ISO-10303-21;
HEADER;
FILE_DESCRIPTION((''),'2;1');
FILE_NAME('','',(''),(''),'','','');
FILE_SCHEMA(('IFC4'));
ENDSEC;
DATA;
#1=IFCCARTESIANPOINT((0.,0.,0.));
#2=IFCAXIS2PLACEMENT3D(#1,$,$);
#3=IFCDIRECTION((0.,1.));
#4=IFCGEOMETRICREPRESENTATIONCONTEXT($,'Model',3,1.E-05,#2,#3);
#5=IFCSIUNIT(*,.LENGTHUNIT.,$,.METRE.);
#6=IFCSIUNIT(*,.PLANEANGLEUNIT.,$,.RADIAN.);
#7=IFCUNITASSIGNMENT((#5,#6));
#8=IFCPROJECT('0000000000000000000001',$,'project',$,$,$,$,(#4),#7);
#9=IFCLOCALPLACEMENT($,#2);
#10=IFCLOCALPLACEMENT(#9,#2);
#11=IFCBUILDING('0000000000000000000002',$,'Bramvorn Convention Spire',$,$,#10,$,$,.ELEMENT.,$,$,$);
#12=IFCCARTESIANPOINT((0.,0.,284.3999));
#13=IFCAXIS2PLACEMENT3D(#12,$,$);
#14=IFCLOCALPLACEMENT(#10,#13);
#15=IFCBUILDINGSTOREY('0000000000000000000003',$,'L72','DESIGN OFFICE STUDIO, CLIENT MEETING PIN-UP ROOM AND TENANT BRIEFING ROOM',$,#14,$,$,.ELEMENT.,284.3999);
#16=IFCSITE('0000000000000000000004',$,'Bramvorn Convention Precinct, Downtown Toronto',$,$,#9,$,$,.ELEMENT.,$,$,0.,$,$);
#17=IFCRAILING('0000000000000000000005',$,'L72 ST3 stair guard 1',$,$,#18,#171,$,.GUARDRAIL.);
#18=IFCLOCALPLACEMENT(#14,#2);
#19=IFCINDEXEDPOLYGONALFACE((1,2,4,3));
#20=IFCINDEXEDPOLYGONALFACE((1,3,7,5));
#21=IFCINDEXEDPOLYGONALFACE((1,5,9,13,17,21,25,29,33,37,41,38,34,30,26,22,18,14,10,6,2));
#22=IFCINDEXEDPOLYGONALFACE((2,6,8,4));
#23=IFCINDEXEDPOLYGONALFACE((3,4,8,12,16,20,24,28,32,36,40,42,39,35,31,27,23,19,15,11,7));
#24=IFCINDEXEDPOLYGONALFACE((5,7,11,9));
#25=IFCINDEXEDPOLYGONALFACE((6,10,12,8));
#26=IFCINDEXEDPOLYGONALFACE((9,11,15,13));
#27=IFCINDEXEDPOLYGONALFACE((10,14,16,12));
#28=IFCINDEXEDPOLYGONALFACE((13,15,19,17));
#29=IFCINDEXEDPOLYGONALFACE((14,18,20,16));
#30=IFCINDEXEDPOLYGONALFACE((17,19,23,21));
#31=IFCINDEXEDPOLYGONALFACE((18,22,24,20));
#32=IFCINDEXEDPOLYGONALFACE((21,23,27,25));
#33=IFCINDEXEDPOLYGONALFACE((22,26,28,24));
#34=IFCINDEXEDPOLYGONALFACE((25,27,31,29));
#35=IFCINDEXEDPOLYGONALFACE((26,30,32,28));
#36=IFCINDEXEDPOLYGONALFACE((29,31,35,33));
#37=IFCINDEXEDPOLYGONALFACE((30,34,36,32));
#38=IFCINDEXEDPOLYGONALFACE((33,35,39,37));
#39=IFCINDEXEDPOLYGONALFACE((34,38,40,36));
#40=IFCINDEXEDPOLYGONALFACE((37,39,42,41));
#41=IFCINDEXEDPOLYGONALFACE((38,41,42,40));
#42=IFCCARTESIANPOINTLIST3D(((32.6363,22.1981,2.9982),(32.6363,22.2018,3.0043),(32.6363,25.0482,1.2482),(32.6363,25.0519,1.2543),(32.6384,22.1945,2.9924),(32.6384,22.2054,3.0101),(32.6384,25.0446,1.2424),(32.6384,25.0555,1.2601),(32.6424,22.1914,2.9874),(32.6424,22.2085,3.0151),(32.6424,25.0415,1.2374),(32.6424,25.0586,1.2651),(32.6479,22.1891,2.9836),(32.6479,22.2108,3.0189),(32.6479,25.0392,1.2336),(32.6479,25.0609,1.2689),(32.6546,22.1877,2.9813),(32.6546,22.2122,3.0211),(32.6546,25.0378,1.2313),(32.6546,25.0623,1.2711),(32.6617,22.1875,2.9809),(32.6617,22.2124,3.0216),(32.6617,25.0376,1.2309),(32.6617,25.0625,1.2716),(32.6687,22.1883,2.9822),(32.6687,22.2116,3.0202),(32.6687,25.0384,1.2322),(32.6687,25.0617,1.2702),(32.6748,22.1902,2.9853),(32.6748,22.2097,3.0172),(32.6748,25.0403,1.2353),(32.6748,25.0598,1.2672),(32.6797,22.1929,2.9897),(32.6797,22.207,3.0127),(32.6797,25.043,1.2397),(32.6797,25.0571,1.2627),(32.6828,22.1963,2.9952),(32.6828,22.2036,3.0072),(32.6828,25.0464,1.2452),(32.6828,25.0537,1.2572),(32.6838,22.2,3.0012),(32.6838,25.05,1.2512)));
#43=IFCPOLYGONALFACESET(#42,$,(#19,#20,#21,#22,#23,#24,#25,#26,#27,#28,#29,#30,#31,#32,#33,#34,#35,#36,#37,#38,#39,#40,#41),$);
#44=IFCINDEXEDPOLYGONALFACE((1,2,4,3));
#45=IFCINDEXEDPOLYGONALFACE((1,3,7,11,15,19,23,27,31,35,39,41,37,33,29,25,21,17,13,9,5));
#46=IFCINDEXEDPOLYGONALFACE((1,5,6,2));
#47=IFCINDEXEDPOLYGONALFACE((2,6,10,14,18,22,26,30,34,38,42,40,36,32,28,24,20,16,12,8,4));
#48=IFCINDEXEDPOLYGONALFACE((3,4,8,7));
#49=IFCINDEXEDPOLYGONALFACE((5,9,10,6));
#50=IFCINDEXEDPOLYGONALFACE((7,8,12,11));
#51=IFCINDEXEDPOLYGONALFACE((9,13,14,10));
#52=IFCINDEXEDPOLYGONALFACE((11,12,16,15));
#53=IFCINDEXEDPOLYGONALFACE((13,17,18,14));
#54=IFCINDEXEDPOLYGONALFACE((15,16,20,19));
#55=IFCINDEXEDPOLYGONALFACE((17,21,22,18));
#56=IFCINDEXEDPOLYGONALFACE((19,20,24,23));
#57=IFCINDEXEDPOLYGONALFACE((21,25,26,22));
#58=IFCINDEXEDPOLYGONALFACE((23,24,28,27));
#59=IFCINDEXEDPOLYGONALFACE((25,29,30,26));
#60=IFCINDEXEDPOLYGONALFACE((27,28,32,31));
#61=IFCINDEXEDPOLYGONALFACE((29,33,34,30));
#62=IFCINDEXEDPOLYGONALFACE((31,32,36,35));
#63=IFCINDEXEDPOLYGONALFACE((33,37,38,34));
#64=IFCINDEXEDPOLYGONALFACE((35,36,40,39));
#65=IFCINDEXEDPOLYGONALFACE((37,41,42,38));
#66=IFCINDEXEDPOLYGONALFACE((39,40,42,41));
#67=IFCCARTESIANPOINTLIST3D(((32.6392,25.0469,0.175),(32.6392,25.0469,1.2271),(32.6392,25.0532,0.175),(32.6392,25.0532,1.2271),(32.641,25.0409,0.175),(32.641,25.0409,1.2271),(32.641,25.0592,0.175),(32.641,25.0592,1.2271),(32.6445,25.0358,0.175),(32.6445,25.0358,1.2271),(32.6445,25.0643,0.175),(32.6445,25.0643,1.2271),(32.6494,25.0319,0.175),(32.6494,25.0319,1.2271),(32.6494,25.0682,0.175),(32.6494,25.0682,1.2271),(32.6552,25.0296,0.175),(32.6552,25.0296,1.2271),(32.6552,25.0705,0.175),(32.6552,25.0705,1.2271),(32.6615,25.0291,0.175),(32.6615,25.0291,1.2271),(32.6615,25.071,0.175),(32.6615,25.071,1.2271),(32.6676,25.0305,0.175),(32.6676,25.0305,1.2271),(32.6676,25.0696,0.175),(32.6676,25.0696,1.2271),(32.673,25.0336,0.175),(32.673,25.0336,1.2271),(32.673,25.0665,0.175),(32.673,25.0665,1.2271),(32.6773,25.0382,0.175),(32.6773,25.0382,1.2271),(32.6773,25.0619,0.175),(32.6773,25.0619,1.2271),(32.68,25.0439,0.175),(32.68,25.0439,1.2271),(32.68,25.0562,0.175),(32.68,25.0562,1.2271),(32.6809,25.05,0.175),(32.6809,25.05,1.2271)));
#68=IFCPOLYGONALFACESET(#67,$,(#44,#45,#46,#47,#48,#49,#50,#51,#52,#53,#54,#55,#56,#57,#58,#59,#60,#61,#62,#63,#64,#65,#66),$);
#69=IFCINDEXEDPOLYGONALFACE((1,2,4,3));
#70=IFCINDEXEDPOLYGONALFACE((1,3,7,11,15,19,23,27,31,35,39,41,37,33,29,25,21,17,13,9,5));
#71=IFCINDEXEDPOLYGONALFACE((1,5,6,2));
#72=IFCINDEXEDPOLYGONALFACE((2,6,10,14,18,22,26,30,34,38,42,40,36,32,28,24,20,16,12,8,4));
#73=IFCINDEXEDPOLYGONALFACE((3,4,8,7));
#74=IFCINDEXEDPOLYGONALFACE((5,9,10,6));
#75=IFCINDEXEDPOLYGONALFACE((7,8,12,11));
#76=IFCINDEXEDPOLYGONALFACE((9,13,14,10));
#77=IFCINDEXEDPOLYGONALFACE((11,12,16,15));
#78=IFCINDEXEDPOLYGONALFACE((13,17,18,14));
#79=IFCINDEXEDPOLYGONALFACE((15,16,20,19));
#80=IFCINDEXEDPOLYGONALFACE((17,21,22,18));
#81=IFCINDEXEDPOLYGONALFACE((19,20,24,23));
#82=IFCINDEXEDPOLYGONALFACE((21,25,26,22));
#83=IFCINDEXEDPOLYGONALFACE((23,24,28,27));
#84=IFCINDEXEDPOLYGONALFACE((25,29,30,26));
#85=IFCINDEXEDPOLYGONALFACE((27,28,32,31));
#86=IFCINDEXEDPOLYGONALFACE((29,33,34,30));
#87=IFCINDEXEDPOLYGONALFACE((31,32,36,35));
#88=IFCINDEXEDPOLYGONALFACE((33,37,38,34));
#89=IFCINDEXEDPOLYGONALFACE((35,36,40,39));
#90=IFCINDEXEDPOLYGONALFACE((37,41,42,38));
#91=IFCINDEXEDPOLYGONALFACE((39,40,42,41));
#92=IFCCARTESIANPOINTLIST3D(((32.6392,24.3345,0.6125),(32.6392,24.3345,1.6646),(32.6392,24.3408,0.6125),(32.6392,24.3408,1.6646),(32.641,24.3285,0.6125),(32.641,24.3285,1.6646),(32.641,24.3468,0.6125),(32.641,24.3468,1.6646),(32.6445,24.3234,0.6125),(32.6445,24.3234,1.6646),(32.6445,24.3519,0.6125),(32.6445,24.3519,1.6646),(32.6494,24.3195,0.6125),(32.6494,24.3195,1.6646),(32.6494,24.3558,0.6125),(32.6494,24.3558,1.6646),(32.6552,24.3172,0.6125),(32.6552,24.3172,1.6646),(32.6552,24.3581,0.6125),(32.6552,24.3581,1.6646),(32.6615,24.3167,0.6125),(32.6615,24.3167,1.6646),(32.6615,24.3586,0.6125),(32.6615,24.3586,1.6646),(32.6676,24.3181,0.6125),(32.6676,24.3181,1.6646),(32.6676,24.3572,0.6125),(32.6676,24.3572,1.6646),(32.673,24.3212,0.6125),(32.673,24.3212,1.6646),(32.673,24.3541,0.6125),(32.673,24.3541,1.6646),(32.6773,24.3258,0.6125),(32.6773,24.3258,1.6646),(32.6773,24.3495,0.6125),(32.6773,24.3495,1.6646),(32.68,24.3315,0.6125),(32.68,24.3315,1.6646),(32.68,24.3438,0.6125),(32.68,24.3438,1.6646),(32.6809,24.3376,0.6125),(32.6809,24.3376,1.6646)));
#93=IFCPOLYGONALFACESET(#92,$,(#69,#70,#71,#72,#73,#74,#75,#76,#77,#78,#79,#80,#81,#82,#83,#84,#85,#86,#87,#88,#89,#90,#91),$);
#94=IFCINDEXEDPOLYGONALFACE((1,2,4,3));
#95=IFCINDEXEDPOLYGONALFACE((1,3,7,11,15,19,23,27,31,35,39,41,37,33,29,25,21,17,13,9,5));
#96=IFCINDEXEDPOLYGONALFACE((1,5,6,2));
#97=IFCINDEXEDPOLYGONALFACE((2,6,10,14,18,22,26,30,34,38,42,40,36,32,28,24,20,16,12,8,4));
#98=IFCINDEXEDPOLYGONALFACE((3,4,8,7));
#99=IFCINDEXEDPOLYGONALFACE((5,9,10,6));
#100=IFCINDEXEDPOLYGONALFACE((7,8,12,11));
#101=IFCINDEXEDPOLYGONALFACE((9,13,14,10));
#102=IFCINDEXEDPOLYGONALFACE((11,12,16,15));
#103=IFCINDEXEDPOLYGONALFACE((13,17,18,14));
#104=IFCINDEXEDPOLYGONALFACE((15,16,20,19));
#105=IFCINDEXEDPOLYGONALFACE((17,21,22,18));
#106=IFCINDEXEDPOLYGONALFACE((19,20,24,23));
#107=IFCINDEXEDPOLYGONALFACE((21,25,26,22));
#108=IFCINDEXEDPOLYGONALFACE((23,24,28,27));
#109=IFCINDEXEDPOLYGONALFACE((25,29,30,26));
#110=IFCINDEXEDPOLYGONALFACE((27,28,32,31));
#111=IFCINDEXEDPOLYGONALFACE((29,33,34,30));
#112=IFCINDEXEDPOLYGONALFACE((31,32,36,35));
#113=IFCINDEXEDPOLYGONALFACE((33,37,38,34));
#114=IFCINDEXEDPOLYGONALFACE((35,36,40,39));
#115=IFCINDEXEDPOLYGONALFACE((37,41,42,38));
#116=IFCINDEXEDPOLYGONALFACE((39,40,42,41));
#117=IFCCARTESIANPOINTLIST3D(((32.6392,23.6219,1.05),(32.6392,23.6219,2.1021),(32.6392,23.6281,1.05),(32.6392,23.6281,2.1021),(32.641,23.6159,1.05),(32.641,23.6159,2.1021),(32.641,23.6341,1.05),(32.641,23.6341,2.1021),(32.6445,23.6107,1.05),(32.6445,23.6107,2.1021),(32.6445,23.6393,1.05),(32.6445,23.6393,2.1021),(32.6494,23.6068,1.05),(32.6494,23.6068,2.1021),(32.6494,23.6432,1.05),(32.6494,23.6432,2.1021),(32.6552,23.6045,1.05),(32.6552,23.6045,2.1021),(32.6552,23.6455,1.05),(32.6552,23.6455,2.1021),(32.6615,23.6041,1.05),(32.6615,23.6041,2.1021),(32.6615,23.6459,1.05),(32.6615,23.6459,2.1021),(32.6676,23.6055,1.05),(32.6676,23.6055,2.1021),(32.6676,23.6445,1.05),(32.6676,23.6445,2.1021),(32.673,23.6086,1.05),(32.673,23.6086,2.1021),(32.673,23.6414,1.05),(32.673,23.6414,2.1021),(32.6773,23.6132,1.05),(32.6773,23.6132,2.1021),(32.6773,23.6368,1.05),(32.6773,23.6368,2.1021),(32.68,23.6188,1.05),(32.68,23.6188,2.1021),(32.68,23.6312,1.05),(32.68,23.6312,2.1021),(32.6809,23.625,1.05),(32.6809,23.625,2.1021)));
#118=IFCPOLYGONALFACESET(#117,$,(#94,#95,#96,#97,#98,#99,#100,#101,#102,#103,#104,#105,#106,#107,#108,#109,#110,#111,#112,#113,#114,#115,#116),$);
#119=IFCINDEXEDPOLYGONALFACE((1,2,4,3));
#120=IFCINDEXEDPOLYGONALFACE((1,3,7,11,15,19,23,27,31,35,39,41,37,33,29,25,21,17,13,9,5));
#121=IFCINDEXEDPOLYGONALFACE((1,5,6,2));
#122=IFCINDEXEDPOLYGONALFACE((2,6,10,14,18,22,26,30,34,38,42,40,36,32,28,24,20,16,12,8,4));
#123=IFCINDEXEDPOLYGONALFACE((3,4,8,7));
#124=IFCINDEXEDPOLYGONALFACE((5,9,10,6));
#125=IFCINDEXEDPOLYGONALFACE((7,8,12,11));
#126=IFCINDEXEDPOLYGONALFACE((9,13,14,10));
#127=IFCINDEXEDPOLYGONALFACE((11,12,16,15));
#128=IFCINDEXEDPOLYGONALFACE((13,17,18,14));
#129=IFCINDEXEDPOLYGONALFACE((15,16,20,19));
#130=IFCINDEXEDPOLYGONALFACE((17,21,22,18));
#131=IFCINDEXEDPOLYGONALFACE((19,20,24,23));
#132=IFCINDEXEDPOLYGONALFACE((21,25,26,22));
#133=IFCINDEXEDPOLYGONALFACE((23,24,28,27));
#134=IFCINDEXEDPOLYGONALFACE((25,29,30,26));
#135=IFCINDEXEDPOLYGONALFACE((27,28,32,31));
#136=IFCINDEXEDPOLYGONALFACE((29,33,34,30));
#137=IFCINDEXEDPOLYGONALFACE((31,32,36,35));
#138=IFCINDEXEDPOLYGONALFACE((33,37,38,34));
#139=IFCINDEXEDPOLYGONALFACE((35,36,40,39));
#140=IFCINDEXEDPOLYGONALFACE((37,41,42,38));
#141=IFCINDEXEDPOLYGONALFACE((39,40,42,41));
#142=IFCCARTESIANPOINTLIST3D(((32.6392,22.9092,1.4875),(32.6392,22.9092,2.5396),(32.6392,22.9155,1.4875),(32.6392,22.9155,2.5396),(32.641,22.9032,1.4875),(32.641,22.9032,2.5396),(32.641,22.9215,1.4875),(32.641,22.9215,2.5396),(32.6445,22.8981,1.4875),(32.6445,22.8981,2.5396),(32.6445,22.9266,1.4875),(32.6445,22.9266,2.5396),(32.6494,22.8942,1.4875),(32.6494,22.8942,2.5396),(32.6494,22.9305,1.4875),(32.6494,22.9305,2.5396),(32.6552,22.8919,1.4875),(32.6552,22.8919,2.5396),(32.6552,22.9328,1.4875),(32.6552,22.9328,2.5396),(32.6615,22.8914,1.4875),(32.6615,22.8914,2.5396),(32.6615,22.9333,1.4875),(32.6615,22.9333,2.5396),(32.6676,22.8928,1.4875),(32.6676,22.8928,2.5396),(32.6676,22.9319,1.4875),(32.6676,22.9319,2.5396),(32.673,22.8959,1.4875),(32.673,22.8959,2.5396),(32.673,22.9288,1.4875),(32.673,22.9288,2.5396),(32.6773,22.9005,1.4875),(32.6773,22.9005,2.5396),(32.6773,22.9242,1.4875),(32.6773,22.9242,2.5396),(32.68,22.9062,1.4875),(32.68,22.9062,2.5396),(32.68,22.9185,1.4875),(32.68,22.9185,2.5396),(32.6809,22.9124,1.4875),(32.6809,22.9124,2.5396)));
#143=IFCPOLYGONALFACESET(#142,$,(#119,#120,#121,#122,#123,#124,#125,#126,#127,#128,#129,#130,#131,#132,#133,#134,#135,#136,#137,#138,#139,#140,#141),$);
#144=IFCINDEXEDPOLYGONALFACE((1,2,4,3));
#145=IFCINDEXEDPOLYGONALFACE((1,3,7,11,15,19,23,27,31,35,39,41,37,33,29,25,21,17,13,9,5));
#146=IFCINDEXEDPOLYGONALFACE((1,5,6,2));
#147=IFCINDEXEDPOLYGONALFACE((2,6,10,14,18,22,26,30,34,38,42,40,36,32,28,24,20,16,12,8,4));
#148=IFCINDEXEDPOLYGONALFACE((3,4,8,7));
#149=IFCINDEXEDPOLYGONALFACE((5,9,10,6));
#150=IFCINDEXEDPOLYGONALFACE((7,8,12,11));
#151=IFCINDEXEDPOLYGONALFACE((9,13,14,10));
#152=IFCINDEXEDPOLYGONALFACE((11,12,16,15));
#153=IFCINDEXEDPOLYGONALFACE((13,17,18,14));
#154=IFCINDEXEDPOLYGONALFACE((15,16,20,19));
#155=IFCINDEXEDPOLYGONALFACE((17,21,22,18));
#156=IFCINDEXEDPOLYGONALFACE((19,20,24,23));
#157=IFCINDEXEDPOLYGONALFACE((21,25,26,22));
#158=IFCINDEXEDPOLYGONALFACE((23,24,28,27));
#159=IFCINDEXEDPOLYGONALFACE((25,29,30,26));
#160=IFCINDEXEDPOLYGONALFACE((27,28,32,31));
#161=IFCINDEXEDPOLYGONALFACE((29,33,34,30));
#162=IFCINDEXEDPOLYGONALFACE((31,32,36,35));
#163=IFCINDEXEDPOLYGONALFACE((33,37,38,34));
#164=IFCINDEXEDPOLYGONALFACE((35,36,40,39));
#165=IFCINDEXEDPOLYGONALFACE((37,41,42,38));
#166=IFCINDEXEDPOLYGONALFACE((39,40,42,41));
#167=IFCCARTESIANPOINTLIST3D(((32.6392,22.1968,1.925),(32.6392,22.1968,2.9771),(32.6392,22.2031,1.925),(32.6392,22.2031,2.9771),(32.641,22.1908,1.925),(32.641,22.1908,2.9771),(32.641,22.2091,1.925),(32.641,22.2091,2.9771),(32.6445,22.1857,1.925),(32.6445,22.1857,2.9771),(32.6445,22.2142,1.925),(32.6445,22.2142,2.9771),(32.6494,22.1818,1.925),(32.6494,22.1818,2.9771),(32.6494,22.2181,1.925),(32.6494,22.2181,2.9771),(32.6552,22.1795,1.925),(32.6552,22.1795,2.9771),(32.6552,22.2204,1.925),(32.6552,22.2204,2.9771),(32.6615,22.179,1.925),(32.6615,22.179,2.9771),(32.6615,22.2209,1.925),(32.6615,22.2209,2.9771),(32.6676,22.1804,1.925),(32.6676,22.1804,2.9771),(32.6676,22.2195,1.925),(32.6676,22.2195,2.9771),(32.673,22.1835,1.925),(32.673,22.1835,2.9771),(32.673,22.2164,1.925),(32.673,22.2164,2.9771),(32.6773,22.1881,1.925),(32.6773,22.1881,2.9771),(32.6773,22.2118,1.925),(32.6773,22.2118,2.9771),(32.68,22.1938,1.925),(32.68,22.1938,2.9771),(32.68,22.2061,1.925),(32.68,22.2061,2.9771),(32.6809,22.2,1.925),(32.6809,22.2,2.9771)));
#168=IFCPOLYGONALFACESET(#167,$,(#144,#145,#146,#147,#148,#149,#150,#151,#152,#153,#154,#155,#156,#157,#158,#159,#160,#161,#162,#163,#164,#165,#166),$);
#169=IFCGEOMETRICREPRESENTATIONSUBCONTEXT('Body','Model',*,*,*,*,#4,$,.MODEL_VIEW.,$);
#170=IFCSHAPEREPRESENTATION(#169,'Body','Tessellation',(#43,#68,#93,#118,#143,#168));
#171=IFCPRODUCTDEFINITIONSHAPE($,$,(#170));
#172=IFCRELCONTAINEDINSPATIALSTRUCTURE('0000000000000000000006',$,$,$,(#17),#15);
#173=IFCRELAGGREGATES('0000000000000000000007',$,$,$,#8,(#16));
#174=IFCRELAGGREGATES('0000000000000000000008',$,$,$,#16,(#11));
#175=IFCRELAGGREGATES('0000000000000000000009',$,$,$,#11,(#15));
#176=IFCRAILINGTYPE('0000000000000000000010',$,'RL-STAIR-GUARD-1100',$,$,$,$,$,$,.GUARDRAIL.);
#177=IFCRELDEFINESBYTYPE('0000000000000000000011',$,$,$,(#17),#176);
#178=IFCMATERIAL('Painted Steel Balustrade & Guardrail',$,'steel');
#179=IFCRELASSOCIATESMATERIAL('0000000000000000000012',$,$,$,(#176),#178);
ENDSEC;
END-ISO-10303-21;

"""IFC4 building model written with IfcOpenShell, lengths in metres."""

from ifc_helpers import new_model, si_unit, direction, frame, origin, origin_2d, place, context, subcontext, project, spatial, circle, extrude, material, type_object, element, save


model = new_model("IFC4")

# Units and contexts
model_context = context("Model", 3, precision=1e-05, world=origin(), true_north=direction((0.0, 1.0)))
body_context = subcontext(model_context, "Body", "Model", "MODEL_VIEW")
ifc_project = project(units=[si_unit("LENGTHUNIT", "METRE"), si_unit("PLANEANGLEUNIT", "RADIAN")], contexts=[model_context])

# Site, building, storey
site_placement = place(None, origin())
site = spatial("IfcSite", under=ifc_project, at=site_placement, Name="Bramvorn Convention Precinct, Downtown Toronto", CompositionType="ELEMENT", RefElevation=0.0)
building_placement = place(site_placement, origin())
building = spatial("IfcBuilding", under=site, at=building_placement, Name="Bramvorn Convention Spire", CompositionType="ELEMENT")
storey_placement = place(building_placement, frame((0.0, 0.0, 284.3999)))
storey = spatial("IfcBuildingStorey", under=building, at=storey_placement, Name="L72", Description="DESIGN OFFICE STUDIO, CLIENT MEETING PIN-UP ROOM AND TENANT BRIEFING ROOM", CompositionType="ELEMENT", Elevation=284.3999)

# Railing
ifc_material_1 = material(Name="Painted Steel Balustrade & Guardrail", Category="steel")
railing_type_1 = type_object("IfcRailingType", Name="RL-STAIR-GUARD-1100", PredefinedType="GUARDRAIL", material=ifc_material_1)
railing_1_placement = place(storey_placement, frame((32.6599, 25.05, 0.175)))
element("IfcRailing", 1, at=railing_1_placement, inside=storey, type_object=railing_type_1, Name="L72 ST3 stair guard 1", PredefinedType="GUARDRAIL", context=body_context, shape_type="SweptSolid", body=[
    extrude(circle(Radius=0.0239, at=origin_2d()), frame((0.0, 0.0, 1.0762), z_axis=(0.0, -0.852179, 0.52325), x_axis=(1.0, 0.0, 0.0)), (0.0, 0.0, 1.0), 3.3445),
    extrude(circle(Radius=0.021, at=origin_2d()), origin(), (0.0, 0.0, 1.0), 1.052),
    extrude(circle(Radius=0.021, at=origin_2d()), frame((0.0, -0.7124, 0.4375)), (0.0, 0.0, 1.0), 1.052),
    extrude(circle(Radius=0.021, at=origin_2d()), frame((0.0, -1.425, 0.875)), (0.0, 0.0, 1.0), 1.052),
    extrude(circle(Radius=0.021, at=origin_2d()), frame((0.0, -2.1377, 1.3125)), (0.0, 0.0, 1.0), 1.052),
    extrude(circle(Radius=0.021, at=origin_2d()), frame((0.0, -2.8501, 1.75)), (0.0, 0.0, 1.0), 1.052),
])

save(model, "model.ifc")
